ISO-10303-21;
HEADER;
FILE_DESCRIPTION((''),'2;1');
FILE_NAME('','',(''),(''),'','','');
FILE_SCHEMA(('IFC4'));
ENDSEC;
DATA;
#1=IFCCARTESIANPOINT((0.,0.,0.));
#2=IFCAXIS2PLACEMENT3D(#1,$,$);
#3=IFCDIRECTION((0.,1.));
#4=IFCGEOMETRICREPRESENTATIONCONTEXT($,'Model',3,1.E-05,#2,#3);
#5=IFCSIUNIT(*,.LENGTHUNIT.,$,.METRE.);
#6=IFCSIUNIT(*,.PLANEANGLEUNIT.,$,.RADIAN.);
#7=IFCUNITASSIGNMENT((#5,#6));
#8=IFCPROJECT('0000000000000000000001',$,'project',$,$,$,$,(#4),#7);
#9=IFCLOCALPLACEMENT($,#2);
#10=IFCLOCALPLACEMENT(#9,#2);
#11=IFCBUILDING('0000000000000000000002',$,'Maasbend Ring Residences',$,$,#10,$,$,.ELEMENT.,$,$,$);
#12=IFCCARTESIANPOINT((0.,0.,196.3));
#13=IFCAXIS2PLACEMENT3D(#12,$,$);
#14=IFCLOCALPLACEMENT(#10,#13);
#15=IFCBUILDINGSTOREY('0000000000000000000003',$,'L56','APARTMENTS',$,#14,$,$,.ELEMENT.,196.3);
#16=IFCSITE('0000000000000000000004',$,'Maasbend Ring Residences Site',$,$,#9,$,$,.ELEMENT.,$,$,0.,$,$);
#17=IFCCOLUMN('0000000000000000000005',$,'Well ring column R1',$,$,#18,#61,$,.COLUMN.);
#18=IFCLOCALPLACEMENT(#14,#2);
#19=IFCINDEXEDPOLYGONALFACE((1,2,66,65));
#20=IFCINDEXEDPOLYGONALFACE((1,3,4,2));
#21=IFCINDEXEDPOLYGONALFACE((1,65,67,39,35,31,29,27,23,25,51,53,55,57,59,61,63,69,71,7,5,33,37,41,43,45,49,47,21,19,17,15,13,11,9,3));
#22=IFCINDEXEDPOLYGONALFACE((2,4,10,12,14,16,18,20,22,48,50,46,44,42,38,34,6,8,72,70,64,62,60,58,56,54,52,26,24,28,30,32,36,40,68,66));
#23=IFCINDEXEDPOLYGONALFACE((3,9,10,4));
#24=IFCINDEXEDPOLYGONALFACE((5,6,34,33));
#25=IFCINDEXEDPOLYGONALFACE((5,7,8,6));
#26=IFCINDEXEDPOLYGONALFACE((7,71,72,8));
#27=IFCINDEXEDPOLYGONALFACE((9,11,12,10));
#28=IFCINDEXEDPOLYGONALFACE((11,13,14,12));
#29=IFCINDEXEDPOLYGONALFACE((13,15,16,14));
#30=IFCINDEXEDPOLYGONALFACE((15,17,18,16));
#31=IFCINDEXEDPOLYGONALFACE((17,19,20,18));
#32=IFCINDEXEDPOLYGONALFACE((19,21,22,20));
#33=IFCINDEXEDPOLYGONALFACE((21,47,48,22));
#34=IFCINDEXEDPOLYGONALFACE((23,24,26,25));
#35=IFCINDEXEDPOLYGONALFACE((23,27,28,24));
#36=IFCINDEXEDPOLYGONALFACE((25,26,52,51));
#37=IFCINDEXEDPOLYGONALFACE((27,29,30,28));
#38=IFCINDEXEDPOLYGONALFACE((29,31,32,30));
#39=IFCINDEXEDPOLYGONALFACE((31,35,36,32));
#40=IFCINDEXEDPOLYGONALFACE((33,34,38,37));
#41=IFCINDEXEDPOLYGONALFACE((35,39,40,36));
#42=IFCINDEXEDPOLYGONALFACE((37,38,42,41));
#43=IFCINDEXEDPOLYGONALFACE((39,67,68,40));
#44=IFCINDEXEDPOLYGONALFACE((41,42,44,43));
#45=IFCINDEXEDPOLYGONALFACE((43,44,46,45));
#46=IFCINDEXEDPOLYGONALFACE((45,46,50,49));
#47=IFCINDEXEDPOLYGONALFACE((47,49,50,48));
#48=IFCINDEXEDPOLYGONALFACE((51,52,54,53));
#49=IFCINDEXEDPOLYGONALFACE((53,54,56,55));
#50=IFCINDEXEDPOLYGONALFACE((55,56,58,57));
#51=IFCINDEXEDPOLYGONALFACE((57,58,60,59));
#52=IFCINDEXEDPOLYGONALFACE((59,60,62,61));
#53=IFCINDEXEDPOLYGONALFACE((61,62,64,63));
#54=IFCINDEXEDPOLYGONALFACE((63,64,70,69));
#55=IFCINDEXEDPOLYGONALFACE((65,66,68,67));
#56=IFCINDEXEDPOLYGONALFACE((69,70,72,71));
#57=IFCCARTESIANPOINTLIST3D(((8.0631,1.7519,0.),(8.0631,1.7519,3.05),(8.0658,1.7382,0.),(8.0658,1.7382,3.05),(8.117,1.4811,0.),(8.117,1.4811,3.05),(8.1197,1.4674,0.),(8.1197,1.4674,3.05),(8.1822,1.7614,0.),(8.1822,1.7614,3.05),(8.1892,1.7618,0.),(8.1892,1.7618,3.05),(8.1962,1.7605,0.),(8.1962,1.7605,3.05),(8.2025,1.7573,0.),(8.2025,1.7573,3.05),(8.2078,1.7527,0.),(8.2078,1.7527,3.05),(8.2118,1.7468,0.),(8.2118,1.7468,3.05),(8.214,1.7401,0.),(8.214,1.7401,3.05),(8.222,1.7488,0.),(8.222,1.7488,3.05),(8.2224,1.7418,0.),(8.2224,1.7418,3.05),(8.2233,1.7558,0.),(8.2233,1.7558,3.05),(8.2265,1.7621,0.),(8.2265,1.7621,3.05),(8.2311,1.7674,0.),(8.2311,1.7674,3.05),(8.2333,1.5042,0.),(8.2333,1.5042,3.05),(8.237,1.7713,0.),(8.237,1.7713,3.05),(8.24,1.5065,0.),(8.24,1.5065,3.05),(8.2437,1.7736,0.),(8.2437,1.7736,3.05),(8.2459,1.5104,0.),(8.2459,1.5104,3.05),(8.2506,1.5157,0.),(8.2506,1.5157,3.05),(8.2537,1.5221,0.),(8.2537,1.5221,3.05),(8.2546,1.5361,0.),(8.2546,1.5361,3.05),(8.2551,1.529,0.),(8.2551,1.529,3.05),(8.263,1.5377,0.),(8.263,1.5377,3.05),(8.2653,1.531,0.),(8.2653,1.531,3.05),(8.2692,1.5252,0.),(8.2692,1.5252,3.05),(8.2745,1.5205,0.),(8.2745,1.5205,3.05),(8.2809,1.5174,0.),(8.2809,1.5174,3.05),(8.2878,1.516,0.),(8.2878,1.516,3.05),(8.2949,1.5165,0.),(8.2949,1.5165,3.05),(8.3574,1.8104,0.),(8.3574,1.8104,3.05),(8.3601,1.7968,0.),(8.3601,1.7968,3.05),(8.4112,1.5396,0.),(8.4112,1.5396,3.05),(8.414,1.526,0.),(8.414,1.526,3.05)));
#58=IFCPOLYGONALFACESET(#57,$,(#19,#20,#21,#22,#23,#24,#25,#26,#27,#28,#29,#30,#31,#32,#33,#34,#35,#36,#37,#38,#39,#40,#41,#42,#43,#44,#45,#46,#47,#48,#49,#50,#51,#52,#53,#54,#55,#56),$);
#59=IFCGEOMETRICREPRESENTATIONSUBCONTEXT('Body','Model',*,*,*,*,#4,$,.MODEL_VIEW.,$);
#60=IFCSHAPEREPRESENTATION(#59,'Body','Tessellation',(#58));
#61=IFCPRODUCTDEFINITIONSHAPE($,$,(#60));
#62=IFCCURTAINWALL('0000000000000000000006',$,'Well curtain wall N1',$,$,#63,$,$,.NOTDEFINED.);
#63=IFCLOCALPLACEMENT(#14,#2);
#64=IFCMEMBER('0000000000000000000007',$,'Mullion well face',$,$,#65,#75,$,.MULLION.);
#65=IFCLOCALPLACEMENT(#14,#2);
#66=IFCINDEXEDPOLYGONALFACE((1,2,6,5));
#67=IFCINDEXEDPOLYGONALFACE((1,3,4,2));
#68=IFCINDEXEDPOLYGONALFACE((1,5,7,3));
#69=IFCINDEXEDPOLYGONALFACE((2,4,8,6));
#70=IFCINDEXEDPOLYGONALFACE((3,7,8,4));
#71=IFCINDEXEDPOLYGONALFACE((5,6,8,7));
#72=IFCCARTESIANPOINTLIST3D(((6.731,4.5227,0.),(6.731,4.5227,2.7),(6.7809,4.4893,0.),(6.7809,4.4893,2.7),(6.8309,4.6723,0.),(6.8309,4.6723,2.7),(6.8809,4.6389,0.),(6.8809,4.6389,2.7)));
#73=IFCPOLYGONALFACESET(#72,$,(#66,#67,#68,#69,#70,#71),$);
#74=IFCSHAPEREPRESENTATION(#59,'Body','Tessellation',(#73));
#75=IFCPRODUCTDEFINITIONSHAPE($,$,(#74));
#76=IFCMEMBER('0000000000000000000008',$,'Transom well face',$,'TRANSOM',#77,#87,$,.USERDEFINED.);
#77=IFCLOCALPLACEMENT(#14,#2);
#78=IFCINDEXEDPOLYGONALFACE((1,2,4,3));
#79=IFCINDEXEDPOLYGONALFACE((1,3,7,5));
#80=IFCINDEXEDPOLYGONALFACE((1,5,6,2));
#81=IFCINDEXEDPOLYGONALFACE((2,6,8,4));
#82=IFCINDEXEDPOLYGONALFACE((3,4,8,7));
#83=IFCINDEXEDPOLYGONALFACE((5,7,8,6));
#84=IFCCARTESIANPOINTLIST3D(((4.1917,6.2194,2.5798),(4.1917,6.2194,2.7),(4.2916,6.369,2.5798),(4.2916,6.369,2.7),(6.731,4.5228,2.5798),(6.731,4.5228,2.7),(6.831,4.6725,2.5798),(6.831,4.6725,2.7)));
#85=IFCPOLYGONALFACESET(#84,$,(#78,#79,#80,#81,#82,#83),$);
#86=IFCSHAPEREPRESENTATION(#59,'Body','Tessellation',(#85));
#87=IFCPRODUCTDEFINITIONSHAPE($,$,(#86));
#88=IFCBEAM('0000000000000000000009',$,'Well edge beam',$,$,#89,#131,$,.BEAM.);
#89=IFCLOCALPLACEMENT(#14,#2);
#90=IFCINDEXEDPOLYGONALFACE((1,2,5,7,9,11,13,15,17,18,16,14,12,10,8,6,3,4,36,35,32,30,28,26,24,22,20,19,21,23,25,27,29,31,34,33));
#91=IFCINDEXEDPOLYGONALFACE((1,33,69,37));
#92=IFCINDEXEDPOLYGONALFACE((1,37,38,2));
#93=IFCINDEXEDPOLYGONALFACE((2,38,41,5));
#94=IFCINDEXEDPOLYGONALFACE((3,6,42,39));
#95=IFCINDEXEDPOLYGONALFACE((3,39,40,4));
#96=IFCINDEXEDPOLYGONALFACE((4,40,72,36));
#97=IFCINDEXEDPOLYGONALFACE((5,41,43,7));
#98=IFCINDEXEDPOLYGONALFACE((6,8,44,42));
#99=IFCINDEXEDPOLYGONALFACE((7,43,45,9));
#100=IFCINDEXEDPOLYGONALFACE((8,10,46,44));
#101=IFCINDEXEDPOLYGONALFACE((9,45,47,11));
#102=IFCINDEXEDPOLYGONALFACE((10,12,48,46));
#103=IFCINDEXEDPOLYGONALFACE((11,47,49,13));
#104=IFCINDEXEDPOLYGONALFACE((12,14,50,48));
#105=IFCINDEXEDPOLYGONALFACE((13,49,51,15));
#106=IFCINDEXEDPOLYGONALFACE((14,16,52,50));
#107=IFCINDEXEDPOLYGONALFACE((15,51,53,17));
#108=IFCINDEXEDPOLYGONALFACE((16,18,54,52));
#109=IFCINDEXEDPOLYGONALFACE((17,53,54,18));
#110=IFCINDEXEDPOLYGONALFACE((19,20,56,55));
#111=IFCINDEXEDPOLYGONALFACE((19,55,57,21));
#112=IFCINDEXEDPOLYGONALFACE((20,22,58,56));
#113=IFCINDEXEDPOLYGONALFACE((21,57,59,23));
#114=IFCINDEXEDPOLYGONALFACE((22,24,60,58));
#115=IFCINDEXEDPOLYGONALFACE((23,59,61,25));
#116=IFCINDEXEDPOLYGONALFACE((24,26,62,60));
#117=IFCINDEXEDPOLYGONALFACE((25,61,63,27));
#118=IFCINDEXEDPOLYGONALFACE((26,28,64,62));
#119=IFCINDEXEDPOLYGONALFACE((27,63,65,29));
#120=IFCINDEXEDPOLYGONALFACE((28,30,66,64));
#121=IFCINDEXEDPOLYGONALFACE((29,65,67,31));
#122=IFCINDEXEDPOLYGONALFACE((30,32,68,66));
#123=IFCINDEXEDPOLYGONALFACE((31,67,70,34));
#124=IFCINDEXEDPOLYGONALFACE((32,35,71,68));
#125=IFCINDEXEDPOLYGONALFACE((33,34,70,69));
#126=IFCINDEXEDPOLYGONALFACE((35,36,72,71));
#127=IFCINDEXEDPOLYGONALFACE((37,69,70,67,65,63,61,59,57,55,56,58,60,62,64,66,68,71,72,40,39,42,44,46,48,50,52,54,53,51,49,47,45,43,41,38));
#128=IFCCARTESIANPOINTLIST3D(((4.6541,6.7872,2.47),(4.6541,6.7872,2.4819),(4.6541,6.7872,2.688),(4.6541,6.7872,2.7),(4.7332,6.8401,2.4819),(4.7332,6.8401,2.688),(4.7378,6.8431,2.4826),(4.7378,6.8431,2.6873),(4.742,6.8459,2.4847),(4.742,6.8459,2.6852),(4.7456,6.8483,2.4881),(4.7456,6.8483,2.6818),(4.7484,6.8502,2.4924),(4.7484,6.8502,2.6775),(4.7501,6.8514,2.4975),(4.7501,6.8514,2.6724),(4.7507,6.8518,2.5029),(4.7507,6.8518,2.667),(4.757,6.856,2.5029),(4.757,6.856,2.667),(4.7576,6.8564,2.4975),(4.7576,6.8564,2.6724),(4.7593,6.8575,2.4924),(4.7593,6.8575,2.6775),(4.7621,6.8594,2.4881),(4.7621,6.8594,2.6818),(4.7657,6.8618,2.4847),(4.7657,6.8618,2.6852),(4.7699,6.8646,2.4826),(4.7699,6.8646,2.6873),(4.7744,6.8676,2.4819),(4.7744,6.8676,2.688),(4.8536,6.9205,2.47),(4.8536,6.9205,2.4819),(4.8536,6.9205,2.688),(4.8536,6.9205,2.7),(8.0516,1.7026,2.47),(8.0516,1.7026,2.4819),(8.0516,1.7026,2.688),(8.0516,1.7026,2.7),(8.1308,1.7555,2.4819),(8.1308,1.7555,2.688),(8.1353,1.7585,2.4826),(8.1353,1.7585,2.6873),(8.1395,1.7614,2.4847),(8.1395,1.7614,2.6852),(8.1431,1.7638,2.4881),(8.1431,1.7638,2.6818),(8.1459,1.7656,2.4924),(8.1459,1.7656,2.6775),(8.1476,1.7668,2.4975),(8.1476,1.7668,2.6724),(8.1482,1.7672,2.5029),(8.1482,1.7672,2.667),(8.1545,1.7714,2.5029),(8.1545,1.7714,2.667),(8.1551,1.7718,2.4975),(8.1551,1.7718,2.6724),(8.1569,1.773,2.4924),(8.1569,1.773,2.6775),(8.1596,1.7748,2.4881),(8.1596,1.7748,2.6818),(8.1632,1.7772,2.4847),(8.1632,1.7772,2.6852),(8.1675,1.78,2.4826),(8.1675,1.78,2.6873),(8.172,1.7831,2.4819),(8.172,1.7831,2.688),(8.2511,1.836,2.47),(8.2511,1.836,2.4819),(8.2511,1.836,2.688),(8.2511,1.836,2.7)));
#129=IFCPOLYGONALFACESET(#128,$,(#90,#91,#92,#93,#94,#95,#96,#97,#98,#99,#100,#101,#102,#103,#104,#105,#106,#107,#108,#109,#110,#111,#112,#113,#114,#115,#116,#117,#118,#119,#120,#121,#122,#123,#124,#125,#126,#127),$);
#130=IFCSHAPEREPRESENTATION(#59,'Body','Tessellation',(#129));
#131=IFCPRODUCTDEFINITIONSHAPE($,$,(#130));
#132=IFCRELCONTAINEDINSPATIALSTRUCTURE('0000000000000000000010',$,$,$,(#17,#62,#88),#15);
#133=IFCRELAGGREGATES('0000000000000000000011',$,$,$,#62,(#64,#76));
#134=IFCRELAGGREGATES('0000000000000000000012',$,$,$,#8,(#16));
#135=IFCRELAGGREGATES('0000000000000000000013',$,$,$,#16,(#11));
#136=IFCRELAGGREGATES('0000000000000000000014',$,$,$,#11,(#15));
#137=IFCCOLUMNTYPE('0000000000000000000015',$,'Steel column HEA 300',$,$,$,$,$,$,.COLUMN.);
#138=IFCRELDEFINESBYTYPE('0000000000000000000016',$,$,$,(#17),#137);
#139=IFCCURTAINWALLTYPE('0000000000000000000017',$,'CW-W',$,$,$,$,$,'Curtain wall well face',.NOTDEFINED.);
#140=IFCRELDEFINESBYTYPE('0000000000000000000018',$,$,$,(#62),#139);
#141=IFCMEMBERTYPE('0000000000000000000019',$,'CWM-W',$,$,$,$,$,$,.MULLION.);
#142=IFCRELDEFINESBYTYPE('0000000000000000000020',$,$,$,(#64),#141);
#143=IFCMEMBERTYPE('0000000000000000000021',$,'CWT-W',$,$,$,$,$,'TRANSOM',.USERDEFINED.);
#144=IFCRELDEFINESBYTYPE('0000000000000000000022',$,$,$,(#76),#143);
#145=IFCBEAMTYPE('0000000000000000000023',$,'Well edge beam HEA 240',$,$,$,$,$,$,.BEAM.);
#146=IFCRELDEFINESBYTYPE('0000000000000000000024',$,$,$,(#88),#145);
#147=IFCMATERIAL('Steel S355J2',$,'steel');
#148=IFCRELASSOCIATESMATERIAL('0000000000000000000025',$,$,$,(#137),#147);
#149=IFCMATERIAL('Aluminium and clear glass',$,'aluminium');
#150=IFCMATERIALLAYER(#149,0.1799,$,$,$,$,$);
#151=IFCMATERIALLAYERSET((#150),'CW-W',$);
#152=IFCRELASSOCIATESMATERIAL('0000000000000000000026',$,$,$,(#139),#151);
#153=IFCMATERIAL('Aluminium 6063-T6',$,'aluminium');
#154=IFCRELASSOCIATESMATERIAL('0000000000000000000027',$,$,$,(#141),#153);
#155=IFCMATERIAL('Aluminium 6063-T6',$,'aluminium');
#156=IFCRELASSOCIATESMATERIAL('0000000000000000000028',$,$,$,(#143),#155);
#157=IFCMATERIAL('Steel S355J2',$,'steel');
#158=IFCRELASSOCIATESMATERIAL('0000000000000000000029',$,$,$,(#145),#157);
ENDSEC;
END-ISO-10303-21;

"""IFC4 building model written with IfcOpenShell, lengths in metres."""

from ifc_helpers import new_model, si_unit, direction, frame, origin, origin_2d, place, context, subcontext, project, spatial, rectangle, i_section, extrude, material, layer, layer_set, material_profile, profile_set, type_object, element, aggregate, save


model = new_model("IFC4")

# Units and contexts
model_context = context("Model", 3, precision=1e-05, world=origin(), true_north=direction((0.0, 1.0)))
body_context = subcontext(model_context, "Body", "Model", "MODEL_VIEW")
ifc_project = project(units=[si_unit("LENGTHUNIT", "METRE"), si_unit("PLANEANGLEUNIT", "RADIAN")], contexts=[model_context])

# Site, building, storey
site_placement = place(None, origin())
site = spatial("IfcSite", under=ifc_project, at=site_placement, Name="Maasbend Ring Residences Site", CompositionType="ELEMENT", RefElevation=0.0)
building_placement = place(site_placement, origin())
building = spatial("IfcBuilding", under=site, at=building_placement, Name="Maasbend Ring Residences", CompositionType="ELEMENT")
storey_placement = place(building_placement, frame((0.0, 0.0, 196.3)))
storey = spatial("IfcBuildingStorey", under=building, at=storey_placement, Name="L56", Description="APARTMENTS", CompositionType="ELEMENT", Elevation=196.3)

# Column
ifc_material_1 = material(Name="Steel S355J2", Category="steel")
ifc_material_profile_1 = material_profile(ifc_material_1, i_section(OverallWidth=0.3, OverallDepth=0.29, WebThickness=0.0085, FlangeThickness=0.0139, FilletRadius=0.0271, at=origin_2d()), Name="HEA 300")
ifc_profile_set_1 = profile_set([ifc_material_profile_1], Name="Steel S355J2")
column_type = type_object("IfcColumnType", Name="Steel column HEA 300", PredefinedType="COLUMN", material=ifc_profile_set_1)
column_placement = place(storey_placement, frame((8.2385, 1.6389, 0.0), z_axis=(0.0, 0.0, 1.0), x_axis=(0.980785, 0.19509, 0.0)))
element("IfcColumn", 1, at=column_placement, inside=storey, type_object=column_type, Name="Well ring column R1", PredefinedType="COLUMN", context=body_context, shape_type="SweptSolid", body=[
    extrude(i_section(OverallWidth=0.3, OverallDepth=0.29, WebThickness=0.0085, FlangeThickness=0.0139, FilletRadius=0.0271, at=origin_2d()), origin(), (0.0, 0.0, 1.0), 3.05),
])

# Curtain wall, members
ifc_material_2 = material(Name="Aluminium and clear glass", Category="aluminium")
ifc_layer_1 = layer(ifc_material_2, 0.1799)
ifc_layer_set_1 = layer_set([ifc_layer_1], Name="CW-W")
curtain_wall_type = type_object("IfcCurtainWallType", Name="CW-W", ElementType="Curtain wall well face", PredefinedType="NOTDEFINED", material=ifc_layer_set_1)
curtain_wall_placement = place(storey_placement, origin())
curtain_wall = element("IfcCurtainWall", 2, at=curtain_wall_placement, inside=storey, type_object=curtain_wall_type, Name="Well curtain wall N1", PredefinedType="NOTDEFINED")
ifc_material_3 = material(Name="Aluminium 6063-T6", Category="aluminium")
ifc_material_profile_2 = material_profile(ifc_material_3, rectangle(XDim=0.1799, YDim=0.0601, at=origin_2d()), Name="AL 180x60")
ifc_profile_set_2 = profile_set([ifc_material_profile_2], Name="Aluminium 6063-T6")
member_type_1 = type_object("IfcMemberType", Name="CWM-W", PredefinedType="MULLION", material=ifc_profile_set_2)
member_1_placement = place(storey_placement, frame((6.8059, 4.5808, 0.0), z_axis=(0.0, 0.0, 1.0), x_axis=(-0.55557, -0.83147, 0.0)))
member_1 = element("IfcMember", 3, at=member_1_placement, type_object=member_type_1, Name="Mullion well face", PredefinedType="MULLION", context=body_context, shape_type="SweptSolid", body=[
    extrude(rectangle(XDim=0.1799, YDim=0.0601, at=origin_2d()), origin(), (0.0, 0.0, 1.0), 2.7),
])
ifc_material_4 = material(Name="Aluminium 6063-T6", Category="aluminium")
ifc_material_profile_3 = material_profile(ifc_material_4, rectangle(XDim=0.1799, YDim=0.1201, at=origin_2d()), Name="AL 180x120")
ifc_profile_set_3 = profile_set([ifc_material_profile_3], Name="Aluminium 6063-T6")
member_type_2 = type_object("IfcMemberType", Name="CWT-W", ElementType="TRANSOM", PredefinedType="USERDEFINED", material=ifc_profile_set_3)
member_2_placement = place(storey_placement, frame((6.781, 4.5977, 2.6399), z_axis=(-0.831496, 0.55553, 0.0), x_axis=(-0.55553, -0.831496, 0.0)))
member_2 = element("IfcMember", 4, at=member_2_placement, type_object=member_type_2, Name="Transom well face", ObjectType="TRANSOM", PredefinedType="USERDEFINED", context=body_context, shape_type="SweptSolid", body=[
    extrude(rectangle(XDim=0.1799, YDim=0.1201, at=origin_2d()), origin(), (0.0, 0.0, 1.0), 3.054),
])
aggregate(curtain_wall, [member_1, member_2])

# Beam
ifc_material_5 = material(Name="Steel S355J2", Category="steel")
ifc_material_profile_4 = material_profile(ifc_material_5, i_section(OverallWidth=0.24, OverallDepth=0.23, WebThickness=0.0076, FlangeThickness=0.012, FilletRadius=0.021, at=origin_2d()), Name="HEA 240")
ifc_profile_set_4 = profile_set([ifc_material_profile_4], Name="Steel S355J2")
beam_type = type_object("IfcBeamType", Name="Well edge beam HEA 240", PredefinedType="BEAM", material=ifc_profile_set_4)
beam_placement = place(storey_placement, frame((8.1514, 1.7693, 2.585), z_axis=(-0.555584, 0.83146, 0.0), x_axis=(-0.83146, -0.555584, 0.0)))
element("IfcBeam", 5, at=beam_placement, inside=storey, type_object=beam_type, Name="Well edge beam", PredefinedType="BEAM", context=body_context, shape_type="SweptSolid", body=[
    extrude(i_section(OverallWidth=0.24, OverallDepth=0.23, WebThickness=0.0076, FlangeThickness=0.012, FilletRadius=0.021, at=origin_2d()), origin(), (0.0, 0.0, 1.0), 6.1152),
])

save(model, "model.ifc")
